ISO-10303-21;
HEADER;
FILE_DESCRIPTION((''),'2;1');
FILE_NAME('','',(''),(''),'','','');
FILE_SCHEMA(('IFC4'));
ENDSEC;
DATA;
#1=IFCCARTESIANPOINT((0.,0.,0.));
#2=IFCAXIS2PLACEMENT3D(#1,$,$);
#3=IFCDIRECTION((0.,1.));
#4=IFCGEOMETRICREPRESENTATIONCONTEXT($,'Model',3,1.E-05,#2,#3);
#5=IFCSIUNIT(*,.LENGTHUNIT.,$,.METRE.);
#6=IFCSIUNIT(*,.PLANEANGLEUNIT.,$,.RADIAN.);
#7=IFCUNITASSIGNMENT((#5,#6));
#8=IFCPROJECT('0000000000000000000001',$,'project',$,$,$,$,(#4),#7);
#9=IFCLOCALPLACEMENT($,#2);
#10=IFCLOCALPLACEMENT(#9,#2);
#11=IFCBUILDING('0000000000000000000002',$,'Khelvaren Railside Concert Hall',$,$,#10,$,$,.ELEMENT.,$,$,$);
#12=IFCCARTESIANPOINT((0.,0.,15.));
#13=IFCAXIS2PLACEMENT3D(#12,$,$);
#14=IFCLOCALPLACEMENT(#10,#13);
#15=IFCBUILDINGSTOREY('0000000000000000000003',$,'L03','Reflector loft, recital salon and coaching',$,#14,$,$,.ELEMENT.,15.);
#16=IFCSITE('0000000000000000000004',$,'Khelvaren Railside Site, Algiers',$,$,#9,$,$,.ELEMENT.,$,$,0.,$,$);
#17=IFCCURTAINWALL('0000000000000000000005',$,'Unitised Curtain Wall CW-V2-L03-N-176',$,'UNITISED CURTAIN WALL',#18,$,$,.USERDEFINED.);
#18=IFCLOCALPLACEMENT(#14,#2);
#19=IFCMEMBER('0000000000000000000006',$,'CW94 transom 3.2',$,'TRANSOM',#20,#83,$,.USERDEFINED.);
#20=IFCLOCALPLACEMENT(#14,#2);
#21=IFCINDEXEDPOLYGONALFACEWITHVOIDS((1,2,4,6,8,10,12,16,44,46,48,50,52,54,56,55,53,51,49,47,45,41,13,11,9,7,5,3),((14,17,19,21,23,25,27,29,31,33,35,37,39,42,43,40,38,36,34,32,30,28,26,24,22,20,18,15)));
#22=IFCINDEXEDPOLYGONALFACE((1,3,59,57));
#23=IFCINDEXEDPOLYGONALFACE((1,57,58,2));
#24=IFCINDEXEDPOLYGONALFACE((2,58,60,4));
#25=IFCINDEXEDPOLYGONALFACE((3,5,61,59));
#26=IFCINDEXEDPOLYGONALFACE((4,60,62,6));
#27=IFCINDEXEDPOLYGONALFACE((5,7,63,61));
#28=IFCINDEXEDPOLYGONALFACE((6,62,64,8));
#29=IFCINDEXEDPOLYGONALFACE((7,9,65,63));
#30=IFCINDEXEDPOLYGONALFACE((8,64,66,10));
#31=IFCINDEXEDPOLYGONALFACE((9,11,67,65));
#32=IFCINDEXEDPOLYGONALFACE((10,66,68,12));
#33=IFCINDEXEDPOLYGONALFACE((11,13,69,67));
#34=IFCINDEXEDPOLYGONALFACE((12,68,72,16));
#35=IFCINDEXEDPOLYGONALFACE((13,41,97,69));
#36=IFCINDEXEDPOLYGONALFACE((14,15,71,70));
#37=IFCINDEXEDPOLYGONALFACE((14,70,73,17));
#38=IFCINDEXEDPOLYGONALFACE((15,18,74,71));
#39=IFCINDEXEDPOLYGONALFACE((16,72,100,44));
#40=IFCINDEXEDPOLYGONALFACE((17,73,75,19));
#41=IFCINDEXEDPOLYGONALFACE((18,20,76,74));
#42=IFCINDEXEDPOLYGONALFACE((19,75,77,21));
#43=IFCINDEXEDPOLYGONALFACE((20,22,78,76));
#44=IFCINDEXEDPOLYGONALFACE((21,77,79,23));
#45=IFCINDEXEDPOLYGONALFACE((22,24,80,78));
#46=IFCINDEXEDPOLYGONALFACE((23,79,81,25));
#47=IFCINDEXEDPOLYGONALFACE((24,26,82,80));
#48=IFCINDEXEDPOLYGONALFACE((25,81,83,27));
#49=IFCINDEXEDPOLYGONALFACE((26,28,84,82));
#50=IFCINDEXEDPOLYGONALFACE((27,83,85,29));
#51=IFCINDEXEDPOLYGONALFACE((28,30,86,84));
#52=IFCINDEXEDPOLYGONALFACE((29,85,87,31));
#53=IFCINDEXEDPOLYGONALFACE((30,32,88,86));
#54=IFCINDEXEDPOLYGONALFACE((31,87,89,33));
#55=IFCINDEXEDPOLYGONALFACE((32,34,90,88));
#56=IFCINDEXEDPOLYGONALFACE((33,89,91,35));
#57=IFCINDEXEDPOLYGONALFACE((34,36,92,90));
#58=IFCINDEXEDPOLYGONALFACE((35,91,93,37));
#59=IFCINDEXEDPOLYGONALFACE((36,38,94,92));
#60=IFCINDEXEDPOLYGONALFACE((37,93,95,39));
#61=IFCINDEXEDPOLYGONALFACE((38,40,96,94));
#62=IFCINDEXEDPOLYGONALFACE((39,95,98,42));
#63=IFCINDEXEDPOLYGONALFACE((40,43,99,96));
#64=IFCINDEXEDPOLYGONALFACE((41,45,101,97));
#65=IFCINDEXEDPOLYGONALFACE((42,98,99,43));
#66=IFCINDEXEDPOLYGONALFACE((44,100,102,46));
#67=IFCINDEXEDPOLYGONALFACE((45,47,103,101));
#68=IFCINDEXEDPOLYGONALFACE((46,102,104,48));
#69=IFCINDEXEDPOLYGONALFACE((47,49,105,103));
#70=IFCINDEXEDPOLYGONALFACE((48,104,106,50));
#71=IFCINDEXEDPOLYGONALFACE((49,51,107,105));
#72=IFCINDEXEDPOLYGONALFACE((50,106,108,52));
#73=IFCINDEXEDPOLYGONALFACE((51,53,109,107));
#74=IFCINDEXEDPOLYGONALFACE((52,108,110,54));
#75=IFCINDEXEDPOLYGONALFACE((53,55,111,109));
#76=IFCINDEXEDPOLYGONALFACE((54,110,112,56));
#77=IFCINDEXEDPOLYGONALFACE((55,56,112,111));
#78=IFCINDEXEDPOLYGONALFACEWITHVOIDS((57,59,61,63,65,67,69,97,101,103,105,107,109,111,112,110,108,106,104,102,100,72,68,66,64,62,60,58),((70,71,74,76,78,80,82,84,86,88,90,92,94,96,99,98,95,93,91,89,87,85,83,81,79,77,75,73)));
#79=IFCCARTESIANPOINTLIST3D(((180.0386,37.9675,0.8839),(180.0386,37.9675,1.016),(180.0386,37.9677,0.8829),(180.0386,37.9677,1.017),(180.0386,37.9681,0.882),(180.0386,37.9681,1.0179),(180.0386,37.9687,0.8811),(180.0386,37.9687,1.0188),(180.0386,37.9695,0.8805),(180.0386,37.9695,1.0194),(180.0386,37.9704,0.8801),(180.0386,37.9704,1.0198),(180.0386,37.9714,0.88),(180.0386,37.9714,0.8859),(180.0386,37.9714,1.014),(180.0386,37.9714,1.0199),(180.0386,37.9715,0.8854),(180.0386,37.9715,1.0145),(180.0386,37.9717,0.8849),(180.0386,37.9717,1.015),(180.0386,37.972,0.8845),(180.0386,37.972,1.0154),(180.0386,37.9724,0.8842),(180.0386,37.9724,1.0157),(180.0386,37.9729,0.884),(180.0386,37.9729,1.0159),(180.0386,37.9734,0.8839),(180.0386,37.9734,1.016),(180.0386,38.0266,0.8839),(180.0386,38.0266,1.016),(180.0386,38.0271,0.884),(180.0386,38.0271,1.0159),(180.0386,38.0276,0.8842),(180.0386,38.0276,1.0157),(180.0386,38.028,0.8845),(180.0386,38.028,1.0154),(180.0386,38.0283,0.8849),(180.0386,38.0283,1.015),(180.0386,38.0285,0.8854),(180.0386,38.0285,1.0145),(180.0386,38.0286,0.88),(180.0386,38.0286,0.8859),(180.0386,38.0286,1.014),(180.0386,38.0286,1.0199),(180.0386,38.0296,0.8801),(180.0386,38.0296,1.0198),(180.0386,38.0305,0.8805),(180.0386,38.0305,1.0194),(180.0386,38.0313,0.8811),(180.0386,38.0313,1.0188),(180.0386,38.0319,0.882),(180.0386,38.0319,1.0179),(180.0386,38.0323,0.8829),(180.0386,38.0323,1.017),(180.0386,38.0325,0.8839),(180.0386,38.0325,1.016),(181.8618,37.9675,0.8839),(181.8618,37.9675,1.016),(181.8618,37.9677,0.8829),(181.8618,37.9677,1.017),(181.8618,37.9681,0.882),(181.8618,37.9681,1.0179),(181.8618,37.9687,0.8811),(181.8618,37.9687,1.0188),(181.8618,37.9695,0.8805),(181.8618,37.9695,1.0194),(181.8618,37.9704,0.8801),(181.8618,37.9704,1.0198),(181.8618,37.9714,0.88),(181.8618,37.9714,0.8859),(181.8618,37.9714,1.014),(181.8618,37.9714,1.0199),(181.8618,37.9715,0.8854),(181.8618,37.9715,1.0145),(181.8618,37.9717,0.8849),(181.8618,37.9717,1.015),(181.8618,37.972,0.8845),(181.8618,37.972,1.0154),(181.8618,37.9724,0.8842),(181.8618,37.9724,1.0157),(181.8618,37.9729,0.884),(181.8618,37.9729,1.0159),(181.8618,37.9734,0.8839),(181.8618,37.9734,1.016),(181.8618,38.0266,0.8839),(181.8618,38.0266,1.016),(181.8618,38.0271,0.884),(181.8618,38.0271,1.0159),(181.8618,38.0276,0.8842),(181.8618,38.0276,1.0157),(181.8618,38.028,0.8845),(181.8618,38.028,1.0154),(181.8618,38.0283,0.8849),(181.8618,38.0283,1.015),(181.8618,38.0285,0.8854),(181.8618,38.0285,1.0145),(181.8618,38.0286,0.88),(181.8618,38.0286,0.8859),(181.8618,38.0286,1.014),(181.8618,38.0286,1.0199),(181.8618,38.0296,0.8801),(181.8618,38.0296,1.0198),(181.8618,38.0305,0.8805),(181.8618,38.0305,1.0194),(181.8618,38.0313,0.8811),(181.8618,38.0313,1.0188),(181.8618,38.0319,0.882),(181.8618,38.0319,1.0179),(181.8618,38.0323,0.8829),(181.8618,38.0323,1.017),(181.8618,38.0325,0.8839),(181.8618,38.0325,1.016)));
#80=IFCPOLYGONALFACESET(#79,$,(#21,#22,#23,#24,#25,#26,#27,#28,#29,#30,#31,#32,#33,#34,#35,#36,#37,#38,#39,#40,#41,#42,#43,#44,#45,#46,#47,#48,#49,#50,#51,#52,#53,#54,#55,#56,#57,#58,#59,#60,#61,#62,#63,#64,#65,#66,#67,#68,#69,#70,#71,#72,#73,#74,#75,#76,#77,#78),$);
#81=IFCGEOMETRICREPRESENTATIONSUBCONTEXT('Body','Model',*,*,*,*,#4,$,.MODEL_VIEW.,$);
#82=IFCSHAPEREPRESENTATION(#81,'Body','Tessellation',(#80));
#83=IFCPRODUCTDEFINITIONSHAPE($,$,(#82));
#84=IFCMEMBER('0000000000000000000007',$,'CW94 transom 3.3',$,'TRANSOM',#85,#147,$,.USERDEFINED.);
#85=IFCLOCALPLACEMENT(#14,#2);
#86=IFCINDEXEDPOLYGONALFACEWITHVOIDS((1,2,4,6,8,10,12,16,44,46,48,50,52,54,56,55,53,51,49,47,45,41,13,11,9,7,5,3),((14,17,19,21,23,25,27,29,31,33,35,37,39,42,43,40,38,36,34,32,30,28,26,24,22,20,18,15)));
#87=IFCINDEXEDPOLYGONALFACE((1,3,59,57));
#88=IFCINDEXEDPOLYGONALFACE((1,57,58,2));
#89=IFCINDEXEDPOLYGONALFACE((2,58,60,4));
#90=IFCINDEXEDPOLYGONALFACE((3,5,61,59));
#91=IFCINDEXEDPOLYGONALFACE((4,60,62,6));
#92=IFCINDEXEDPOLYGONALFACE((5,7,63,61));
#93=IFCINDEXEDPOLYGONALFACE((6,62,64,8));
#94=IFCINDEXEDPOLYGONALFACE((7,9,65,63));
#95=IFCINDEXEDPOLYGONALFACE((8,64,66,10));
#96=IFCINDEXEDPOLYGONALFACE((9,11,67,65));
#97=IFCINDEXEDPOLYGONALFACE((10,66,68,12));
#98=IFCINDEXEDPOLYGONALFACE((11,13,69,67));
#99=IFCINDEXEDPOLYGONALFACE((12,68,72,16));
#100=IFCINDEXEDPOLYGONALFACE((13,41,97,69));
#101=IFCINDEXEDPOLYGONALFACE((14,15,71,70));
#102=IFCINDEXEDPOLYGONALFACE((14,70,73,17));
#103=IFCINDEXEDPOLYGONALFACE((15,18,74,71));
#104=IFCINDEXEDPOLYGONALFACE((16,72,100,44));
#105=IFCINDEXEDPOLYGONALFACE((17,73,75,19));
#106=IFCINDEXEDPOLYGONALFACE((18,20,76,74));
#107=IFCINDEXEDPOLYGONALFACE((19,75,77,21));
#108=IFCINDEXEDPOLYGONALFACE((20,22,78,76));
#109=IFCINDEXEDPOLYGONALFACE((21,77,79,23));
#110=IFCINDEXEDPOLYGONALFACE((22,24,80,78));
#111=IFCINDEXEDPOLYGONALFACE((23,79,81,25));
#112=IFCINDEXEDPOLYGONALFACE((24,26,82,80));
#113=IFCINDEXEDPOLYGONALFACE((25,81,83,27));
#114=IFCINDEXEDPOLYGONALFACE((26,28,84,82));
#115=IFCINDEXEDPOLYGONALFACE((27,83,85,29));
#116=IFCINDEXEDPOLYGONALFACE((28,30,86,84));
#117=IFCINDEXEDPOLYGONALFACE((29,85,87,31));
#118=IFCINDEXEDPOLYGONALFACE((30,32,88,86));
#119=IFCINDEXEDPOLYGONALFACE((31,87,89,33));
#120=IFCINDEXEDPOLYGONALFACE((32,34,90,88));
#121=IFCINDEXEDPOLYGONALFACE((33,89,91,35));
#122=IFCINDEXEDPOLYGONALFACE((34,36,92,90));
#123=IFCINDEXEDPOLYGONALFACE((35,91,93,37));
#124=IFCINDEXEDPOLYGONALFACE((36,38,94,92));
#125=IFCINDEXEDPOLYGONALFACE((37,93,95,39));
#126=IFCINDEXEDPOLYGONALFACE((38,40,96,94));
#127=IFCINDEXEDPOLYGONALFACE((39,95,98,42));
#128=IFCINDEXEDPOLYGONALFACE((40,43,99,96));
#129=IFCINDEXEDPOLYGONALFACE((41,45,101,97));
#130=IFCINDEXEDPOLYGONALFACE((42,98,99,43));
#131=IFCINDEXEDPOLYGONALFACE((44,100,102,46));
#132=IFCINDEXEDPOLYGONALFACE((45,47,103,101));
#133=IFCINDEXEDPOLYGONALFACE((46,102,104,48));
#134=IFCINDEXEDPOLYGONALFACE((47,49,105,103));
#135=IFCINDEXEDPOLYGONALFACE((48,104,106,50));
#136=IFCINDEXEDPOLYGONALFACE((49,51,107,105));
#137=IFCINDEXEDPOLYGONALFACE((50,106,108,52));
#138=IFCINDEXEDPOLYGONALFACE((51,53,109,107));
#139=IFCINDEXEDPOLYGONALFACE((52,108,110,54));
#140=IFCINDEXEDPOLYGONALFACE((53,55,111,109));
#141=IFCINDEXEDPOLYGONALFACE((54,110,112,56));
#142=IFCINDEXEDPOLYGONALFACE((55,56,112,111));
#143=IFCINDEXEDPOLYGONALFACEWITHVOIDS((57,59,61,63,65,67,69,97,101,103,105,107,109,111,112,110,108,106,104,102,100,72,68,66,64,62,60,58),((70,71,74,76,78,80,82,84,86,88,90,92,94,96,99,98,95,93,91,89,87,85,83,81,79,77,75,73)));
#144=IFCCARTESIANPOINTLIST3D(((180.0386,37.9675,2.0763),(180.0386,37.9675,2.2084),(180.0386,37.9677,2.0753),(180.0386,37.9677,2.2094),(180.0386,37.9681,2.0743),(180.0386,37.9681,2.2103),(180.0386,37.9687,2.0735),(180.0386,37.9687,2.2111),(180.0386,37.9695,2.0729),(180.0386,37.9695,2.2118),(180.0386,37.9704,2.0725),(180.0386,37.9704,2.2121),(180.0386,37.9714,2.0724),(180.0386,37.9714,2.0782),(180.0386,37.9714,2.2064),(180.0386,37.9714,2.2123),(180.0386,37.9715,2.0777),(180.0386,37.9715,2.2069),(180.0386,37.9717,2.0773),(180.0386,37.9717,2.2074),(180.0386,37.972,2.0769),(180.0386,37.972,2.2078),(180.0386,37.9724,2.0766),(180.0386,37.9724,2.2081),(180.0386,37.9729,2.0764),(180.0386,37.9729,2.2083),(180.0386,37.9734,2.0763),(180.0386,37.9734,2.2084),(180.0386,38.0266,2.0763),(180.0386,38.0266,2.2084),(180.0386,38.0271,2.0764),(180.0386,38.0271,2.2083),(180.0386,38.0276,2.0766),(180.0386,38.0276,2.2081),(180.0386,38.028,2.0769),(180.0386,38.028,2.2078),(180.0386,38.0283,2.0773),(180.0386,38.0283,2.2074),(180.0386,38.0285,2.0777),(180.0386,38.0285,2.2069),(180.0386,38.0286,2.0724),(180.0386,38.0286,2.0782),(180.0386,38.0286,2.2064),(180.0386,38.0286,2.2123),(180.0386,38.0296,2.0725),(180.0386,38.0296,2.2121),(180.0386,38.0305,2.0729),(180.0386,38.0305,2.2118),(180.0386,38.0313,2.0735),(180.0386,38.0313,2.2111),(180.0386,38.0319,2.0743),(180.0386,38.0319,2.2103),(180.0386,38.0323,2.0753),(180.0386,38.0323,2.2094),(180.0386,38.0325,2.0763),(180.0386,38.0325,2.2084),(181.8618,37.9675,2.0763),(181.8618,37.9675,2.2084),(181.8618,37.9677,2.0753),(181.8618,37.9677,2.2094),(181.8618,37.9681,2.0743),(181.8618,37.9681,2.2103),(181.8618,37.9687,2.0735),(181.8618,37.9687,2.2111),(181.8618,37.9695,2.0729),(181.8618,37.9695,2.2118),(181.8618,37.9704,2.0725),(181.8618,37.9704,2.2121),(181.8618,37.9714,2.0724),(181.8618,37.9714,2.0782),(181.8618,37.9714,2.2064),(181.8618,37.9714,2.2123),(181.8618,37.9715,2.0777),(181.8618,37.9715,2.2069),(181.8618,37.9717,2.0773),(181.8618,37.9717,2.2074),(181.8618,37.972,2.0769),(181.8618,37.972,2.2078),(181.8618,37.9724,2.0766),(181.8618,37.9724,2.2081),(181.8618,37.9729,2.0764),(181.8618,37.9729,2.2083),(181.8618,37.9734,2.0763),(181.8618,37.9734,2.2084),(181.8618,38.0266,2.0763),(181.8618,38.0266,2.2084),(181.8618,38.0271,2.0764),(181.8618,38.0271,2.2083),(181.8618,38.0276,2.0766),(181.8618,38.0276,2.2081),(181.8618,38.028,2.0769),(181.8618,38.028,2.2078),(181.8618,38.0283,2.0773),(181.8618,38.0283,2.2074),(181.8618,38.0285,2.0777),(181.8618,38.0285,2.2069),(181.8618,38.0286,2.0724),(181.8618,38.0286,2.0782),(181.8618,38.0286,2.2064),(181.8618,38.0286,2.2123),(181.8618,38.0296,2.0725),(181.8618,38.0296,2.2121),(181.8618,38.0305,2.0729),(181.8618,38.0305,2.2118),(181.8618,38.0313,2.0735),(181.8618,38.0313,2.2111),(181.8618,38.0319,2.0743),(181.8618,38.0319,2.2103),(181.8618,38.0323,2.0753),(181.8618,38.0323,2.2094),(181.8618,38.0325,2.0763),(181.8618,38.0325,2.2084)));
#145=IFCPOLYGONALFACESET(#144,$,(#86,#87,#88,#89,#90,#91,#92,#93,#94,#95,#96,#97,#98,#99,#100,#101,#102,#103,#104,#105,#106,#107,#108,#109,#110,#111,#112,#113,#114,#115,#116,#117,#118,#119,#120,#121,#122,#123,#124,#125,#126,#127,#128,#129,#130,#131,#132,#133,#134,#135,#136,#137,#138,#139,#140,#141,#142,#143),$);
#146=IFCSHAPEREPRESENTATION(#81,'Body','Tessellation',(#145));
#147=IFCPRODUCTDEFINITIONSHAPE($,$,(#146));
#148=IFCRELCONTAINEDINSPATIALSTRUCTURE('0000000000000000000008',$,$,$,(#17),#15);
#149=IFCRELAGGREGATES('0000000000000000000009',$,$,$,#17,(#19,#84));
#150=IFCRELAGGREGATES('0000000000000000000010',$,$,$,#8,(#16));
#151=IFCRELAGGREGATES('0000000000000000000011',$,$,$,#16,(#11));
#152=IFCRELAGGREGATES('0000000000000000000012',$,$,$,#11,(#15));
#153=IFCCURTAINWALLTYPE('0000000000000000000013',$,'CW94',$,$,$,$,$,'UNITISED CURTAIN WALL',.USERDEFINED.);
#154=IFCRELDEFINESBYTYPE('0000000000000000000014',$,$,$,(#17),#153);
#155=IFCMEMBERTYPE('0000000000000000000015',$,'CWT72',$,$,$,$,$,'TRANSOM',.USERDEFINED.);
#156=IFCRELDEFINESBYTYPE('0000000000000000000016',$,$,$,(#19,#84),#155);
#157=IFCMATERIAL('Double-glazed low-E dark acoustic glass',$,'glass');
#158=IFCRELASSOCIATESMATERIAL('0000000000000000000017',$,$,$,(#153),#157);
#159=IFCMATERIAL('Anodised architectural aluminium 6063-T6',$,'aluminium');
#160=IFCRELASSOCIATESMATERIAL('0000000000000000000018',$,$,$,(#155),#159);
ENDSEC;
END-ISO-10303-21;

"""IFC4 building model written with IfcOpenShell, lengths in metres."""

from ifc_helpers import new_model, si_unit, direction, frame, origin, origin_2d, place, context, subcontext, project, spatial, hollow_rectangle, extrude, material, material_profile, profile_set, type_object, element, aggregate, save


model = new_model("IFC4")

# Units and contexts
model_context = context("Model", 3, precision=1e-05, world=origin(), true_north=direction((0.0, 1.0)))
body_context = subcontext(model_context, "Body", "Model", "MODEL_VIEW")
ifc_project = project(units=[si_unit("LENGTHUNIT", "METRE"), si_unit("PLANEANGLEUNIT", "RADIAN")], contexts=[model_context])

# Site, building, storey
site_placement = place(None, origin())
site = spatial("IfcSite", under=ifc_project, at=site_placement, Name="Khelvaren Railside Site, Algiers", CompositionType="ELEMENT", RefElevation=0.0)
building_placement = place(site_placement, origin())
building = spatial("IfcBuilding", under=site, at=building_placement, Name="Khelvaren Railside Concert Hall", CompositionType="ELEMENT")
storey_placement = place(building_placement, frame((0.0, 0.0, 15.0)))
storey = spatial("IfcBuildingStorey", under=building, at=storey_placement, Name="L03", Description="Reflector loft, recital salon and coaching", CompositionType="ELEMENT", Elevation=15.0)

# Shared definitions
ifc_material_1 = material(Name="Double-glazed low-E dark acoustic glass", Category="glass")
ifc_material_2 = material(Name="Anodised architectural aluminium 6063-T6", Category="aluminium")

# Curtain wall, members
curtain_wall_type_1 = type_object("IfcCurtainWallType", Name="CW94", ElementType="UNITISED CURTAIN WALL", PredefinedType="USERDEFINED", material=ifc_material_1)
curtain_wall_1_placement = place(storey_placement, origin())
curtain_wall_1 = element("IfcCurtainWall", 1, at=curtain_wall_1_placement, inside=storey, type_object=curtain_wall_type_1, Name="Unitised Curtain Wall CW-V2-L03-N-176", ObjectType="UNITISED CURTAIN WALL", PredefinedType="USERDEFINED")
ifc_material_profile_1 = material_profile(ifc_material_2, hollow_rectangle(XDim=0.0649, YDim=0.1399, WallThickness=0.0039, InnerFilletRadius=0.002, OuterFilletRadius=0.0039, at=origin_2d()), Name="CWT 65x140x4")
ifc_profile_set_1 = profile_set([ifc_material_profile_1], Name="Anodised architectural aluminium 6063-T6")
member_type_1 = type_object("IfcMemberType", Name="CWT72", ElementType="TRANSOM", PredefinedType="USERDEFINED", material=ifc_profile_set_1)
member_1_placement = place(storey_placement, frame((180.0386, 38.0, 0.95), z_axis=(1.0, 0.0, 0.0), x_axis=(0.0, 1.0, 0.0)))
member_1 = element("IfcMember", 2, at=member_1_placement, type_object=member_type_1, Name="CW94 transom 3.2", ObjectType="TRANSOM", PredefinedType="USERDEFINED", context=body_context, shape_type="SweptSolid", body=[
    extrude(hollow_rectangle(XDim=0.0649, YDim=0.1399, WallThickness=0.0039, InnerFilletRadius=0.002, OuterFilletRadius=0.0039, at=origin_2d()), origin(), (0.0, 0.0, 1.0), 1.8232),
])
member_2_placement = place(storey_placement, frame((180.0386, 38.0, 2.1423), z_axis=(1.0, 0.0, 0.0), x_axis=(0.0, 1.0, 0.0)))
member_2 = element("IfcMember", 3, at=member_2_placement, type_object=member_type_1, Name="CW94 transom 3.3", ObjectType="TRANSOM", PredefinedType="USERDEFINED", context=body_context, shape_type="SweptSolid", body=[
    extrude(hollow_rectangle(XDim=0.0649, YDim=0.1399, WallThickness=0.0039, InnerFilletRadius=0.002, OuterFilletRadius=0.0039, at=origin_2d()), origin(), (0.0, 0.0, 1.0), 1.8232),
])

aggregate(curtain_wall_1, [member_1, member_2])

save(model, "model.ifc")
